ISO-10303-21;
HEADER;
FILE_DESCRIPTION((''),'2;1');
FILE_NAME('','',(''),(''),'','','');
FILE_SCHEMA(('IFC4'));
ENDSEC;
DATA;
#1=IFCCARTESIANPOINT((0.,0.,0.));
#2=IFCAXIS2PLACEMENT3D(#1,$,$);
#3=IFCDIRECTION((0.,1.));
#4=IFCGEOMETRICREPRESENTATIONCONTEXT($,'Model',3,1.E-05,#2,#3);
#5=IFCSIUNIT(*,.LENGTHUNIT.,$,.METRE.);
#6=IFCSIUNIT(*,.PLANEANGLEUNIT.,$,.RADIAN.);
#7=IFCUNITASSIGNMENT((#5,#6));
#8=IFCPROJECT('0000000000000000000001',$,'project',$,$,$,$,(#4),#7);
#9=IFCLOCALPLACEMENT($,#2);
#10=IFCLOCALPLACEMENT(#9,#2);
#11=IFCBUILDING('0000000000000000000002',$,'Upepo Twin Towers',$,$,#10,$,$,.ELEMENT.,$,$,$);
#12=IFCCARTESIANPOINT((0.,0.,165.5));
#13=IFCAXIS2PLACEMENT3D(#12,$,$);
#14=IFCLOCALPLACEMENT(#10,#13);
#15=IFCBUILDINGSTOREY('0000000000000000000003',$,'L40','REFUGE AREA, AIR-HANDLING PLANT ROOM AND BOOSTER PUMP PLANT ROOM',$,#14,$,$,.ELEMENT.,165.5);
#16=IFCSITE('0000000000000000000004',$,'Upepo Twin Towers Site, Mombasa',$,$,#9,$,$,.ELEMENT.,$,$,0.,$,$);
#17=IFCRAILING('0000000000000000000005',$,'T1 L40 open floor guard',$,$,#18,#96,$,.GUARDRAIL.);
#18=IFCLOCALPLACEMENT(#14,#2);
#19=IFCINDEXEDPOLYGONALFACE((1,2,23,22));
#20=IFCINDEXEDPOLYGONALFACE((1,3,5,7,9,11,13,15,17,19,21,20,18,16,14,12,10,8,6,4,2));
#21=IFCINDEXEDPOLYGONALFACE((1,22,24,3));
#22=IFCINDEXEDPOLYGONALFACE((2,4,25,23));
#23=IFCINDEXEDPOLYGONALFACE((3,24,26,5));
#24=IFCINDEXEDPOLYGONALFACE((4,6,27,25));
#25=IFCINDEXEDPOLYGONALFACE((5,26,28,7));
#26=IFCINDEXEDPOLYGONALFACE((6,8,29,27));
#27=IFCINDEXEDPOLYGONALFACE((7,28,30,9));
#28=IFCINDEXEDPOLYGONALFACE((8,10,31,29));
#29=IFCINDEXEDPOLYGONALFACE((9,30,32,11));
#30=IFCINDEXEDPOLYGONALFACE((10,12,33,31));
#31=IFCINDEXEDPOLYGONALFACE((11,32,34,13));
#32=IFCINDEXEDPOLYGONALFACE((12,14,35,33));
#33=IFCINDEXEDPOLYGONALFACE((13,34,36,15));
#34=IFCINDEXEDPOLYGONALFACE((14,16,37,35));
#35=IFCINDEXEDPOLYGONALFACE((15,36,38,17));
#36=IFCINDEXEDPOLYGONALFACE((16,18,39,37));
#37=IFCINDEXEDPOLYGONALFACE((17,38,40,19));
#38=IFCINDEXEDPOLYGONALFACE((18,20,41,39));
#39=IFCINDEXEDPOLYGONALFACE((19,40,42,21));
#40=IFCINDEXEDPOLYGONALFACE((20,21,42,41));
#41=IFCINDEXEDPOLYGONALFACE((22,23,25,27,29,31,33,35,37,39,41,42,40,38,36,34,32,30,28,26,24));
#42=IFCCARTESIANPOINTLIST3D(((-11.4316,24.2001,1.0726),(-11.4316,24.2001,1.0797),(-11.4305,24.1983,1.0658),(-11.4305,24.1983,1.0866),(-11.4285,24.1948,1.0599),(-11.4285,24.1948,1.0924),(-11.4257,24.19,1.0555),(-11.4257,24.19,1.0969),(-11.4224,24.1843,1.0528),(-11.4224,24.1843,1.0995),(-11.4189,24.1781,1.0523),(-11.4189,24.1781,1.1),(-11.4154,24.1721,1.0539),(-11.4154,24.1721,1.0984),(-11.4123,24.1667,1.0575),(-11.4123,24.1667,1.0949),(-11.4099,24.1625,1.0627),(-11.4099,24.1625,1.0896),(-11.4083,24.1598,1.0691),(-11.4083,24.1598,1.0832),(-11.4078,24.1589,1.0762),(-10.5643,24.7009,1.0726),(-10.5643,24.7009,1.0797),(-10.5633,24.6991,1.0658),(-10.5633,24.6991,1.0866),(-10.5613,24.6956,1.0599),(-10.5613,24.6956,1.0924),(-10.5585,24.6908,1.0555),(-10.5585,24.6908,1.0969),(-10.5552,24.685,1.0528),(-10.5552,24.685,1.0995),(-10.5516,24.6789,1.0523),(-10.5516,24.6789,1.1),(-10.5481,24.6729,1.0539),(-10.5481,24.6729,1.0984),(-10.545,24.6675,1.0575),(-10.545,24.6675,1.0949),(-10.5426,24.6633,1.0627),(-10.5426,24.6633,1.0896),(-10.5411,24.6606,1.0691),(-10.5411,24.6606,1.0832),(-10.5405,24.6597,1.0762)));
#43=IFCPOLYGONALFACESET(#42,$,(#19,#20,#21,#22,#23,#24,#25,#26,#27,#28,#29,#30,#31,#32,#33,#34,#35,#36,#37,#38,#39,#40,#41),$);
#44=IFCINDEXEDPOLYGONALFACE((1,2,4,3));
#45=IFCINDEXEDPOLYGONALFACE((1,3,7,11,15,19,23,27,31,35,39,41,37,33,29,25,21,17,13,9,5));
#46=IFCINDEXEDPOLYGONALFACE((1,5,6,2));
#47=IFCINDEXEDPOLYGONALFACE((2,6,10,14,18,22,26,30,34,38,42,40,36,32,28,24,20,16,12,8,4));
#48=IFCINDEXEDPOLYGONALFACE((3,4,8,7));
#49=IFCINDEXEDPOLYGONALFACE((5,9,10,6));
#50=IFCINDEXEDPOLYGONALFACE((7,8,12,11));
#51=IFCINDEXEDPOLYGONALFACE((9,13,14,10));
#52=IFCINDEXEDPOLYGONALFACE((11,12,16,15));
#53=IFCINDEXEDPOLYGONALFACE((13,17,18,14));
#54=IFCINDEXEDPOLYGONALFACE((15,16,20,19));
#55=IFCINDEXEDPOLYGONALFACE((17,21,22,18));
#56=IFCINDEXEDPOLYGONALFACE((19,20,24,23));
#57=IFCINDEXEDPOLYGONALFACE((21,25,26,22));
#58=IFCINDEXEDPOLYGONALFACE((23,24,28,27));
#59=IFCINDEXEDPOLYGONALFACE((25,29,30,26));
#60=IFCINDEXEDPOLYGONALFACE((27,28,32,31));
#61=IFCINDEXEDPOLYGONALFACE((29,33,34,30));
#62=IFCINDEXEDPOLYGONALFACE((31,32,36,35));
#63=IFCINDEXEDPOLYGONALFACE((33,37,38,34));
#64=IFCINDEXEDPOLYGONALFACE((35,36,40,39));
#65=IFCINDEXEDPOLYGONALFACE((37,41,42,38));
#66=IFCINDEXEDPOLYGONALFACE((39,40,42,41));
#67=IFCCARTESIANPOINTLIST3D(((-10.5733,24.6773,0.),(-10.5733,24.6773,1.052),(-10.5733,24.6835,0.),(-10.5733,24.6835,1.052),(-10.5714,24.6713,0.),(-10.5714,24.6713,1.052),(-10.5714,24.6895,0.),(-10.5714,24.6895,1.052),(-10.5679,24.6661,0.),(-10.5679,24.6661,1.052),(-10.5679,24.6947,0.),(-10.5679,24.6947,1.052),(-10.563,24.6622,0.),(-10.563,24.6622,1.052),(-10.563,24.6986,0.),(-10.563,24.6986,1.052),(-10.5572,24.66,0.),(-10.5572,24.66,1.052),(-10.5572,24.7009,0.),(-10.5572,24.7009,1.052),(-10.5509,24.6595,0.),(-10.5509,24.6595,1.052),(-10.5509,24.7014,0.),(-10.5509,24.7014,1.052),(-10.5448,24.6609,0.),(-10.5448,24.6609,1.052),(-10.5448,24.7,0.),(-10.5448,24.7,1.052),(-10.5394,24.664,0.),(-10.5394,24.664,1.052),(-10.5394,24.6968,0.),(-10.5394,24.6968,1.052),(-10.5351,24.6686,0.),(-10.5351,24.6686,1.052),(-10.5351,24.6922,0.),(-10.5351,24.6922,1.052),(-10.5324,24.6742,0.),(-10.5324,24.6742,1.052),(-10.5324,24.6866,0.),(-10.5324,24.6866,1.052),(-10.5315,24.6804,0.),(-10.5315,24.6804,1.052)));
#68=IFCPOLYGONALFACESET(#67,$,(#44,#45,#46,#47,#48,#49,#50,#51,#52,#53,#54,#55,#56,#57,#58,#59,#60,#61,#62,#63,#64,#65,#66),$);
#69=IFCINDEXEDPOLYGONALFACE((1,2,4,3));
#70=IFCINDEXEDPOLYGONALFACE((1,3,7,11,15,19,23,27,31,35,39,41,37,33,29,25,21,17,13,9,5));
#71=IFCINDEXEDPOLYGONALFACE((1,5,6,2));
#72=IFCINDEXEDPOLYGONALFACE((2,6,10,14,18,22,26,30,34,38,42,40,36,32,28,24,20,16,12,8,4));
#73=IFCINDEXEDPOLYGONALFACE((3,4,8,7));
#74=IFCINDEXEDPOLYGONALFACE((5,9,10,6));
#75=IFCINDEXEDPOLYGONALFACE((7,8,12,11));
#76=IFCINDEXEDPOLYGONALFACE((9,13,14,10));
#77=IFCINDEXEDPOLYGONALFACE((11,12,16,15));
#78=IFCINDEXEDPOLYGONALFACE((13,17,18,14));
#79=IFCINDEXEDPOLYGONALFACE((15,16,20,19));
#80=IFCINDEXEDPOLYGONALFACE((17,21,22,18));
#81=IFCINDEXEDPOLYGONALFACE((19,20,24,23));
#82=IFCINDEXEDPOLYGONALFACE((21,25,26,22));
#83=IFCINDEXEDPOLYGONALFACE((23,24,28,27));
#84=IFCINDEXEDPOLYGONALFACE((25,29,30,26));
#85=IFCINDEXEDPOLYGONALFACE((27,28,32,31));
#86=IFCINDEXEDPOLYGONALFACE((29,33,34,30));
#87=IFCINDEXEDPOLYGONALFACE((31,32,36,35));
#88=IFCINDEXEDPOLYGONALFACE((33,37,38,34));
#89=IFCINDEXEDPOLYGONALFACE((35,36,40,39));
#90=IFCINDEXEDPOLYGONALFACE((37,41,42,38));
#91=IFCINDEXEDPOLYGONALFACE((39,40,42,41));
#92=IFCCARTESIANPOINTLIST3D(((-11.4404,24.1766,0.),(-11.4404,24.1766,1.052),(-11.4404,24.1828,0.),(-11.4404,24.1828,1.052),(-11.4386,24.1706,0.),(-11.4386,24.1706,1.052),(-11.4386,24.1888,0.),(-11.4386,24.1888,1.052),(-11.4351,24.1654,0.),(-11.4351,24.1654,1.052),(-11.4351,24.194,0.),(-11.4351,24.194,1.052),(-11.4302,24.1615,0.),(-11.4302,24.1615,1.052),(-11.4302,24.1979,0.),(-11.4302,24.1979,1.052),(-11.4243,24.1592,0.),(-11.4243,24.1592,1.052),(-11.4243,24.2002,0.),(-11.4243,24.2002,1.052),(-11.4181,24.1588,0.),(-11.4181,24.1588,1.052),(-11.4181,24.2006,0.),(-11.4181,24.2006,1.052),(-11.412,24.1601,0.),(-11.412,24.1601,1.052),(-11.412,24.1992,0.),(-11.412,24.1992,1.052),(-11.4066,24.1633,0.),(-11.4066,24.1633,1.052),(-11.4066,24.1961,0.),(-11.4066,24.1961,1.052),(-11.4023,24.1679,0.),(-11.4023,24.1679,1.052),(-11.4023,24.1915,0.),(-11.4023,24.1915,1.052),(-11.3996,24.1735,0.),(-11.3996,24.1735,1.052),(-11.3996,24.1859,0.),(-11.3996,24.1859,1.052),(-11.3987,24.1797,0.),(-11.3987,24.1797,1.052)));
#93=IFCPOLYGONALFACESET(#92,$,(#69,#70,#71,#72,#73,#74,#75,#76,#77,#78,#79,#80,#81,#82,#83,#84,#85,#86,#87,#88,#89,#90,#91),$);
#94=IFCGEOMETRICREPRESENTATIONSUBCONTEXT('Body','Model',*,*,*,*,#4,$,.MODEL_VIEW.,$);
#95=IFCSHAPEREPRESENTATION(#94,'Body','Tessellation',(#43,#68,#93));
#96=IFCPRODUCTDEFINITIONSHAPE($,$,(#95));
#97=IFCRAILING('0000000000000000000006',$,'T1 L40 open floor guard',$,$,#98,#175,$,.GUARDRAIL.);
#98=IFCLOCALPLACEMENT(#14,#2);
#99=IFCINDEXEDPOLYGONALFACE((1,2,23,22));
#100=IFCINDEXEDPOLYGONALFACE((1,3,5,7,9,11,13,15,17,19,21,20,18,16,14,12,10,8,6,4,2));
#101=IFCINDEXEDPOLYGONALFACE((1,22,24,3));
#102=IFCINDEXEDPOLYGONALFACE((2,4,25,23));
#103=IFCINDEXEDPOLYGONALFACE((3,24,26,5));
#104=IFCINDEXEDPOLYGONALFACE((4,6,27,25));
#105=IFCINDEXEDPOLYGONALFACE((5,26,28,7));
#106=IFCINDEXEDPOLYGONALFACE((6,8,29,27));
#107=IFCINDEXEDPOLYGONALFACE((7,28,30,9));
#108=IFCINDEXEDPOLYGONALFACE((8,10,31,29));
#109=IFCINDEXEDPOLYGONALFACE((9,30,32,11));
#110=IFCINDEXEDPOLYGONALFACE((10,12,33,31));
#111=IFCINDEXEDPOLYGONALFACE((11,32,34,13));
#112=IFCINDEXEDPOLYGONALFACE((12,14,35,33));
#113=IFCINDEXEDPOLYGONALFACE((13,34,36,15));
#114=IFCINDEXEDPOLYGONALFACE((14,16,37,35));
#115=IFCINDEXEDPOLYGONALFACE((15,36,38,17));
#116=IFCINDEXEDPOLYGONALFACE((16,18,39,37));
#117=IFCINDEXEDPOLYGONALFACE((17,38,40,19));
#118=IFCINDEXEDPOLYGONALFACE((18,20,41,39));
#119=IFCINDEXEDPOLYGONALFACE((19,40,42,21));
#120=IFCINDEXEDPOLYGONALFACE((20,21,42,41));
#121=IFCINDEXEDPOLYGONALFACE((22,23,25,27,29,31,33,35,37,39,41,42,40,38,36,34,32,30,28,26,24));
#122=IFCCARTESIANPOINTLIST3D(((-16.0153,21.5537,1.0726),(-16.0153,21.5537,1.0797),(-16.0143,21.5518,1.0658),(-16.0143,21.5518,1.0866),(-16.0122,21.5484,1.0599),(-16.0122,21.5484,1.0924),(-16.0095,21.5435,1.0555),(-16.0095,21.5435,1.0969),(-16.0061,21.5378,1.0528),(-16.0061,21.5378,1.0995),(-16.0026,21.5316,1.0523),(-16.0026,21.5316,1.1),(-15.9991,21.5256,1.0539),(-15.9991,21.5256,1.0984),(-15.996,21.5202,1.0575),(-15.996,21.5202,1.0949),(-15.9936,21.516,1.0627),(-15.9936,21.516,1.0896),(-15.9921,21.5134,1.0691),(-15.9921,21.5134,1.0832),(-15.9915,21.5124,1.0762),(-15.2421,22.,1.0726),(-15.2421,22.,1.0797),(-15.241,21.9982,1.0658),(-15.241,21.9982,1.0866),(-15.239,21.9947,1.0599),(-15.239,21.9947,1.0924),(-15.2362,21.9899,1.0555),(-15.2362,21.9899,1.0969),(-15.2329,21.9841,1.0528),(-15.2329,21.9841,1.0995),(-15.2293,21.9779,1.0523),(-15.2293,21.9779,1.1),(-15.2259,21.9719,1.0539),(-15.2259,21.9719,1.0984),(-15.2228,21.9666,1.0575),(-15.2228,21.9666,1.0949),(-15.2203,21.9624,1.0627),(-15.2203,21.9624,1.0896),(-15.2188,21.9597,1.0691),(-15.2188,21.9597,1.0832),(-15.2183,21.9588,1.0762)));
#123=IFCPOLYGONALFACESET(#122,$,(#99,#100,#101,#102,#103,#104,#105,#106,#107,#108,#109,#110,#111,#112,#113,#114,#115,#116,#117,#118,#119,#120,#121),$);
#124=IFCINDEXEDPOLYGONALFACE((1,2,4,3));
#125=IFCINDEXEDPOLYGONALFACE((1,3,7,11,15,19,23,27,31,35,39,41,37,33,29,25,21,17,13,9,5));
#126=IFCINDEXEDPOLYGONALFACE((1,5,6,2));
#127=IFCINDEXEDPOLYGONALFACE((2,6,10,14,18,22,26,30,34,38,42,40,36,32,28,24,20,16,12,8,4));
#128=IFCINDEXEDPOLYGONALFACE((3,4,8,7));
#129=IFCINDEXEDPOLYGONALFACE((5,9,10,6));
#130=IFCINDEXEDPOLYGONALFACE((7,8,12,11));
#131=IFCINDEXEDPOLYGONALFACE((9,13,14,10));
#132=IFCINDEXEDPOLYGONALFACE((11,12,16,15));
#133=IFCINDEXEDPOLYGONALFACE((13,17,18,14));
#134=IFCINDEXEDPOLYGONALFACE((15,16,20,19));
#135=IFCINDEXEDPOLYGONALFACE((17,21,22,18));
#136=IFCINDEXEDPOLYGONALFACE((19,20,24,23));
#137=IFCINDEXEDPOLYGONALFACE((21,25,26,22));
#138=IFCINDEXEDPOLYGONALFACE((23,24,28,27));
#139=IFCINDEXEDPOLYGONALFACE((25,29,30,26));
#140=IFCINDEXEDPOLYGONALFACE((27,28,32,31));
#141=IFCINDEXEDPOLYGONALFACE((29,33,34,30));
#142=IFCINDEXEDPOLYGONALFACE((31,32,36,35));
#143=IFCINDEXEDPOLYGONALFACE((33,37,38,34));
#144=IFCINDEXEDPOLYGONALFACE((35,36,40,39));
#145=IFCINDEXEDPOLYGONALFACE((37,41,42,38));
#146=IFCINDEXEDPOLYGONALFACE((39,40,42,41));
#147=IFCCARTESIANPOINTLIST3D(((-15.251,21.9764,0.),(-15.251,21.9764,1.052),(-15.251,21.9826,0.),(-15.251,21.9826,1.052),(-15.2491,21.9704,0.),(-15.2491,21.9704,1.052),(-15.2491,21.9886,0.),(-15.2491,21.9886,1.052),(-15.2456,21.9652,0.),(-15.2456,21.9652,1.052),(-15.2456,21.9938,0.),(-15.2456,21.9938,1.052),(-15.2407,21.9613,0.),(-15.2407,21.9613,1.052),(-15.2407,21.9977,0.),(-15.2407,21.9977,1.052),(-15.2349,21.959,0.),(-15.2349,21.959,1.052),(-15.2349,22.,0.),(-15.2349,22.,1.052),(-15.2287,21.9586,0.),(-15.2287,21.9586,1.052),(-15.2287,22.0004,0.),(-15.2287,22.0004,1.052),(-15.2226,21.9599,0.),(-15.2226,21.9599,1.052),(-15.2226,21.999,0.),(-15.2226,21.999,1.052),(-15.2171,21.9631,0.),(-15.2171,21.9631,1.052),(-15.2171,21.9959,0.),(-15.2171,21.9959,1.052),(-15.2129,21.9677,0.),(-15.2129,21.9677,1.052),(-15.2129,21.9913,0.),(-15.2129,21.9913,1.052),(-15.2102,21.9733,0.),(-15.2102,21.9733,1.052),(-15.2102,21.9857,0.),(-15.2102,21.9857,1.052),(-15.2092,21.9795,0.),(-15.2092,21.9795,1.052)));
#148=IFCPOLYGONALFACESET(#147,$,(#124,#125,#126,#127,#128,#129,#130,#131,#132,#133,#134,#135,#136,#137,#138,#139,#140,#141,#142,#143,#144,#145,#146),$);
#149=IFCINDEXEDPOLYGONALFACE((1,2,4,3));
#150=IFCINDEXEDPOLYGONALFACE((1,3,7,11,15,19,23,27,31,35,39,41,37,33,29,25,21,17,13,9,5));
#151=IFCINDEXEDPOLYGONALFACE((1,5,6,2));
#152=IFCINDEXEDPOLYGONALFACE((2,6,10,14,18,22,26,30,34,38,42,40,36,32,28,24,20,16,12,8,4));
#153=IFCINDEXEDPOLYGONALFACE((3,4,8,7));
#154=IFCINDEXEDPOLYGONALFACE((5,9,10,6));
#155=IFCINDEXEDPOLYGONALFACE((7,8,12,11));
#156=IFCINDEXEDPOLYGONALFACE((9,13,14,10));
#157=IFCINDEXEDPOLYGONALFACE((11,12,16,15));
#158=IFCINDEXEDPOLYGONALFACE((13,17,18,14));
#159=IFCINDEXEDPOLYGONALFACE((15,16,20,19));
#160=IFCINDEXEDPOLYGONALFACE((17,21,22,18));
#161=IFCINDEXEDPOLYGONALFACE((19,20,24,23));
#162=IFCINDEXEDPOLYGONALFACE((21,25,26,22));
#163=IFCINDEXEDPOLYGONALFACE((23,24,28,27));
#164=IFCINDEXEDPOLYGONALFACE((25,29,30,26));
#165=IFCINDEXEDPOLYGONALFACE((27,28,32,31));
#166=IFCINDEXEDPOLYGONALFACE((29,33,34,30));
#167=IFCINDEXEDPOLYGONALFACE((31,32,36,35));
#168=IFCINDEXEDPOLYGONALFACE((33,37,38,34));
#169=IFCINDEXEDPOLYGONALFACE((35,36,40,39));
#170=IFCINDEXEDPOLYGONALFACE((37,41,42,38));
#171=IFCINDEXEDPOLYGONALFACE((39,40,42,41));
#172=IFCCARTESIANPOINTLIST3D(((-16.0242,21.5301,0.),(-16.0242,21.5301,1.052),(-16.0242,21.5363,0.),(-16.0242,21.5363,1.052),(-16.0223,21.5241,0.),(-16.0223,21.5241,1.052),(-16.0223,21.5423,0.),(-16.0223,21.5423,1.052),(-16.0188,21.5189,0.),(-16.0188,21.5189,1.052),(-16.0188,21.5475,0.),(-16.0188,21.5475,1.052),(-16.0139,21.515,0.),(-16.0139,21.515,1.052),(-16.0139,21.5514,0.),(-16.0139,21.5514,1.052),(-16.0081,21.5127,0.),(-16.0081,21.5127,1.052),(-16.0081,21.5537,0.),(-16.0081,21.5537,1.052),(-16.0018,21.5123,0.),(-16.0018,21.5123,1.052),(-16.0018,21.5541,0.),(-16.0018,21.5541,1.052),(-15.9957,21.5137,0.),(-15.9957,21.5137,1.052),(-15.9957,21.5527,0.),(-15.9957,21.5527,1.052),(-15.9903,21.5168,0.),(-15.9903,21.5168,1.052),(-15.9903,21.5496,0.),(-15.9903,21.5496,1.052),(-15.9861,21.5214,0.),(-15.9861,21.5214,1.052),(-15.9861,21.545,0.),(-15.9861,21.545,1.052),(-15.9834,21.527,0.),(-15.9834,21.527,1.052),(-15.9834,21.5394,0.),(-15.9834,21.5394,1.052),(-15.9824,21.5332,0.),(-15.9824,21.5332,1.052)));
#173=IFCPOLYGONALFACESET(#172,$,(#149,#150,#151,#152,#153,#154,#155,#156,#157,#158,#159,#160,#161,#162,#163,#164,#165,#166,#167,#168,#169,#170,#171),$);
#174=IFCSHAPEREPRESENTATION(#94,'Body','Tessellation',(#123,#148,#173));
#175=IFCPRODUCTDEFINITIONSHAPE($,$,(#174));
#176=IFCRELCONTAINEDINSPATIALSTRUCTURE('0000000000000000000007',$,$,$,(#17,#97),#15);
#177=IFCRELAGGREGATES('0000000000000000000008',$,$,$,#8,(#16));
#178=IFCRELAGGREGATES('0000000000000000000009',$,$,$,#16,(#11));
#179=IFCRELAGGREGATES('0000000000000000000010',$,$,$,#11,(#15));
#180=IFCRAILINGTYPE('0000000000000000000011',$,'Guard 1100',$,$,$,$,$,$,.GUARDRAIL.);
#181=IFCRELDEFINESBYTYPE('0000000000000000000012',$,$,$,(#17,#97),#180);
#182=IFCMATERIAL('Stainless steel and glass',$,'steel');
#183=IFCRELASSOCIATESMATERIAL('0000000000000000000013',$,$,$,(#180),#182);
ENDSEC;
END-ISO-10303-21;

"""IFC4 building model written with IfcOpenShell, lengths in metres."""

from ifc_helpers import new_model, si_unit, direction, frame, origin, origin_2d, place, context, subcontext, project, spatial, circle, extrude, material, type_object, element, save


model = new_model("IFC4")

# Units and contexts
model_context = context("Model", 3, precision=1e-05, world=origin(), true_north=direction((0.0, 1.0)))
body_context = subcontext(model_context, "Body", "Model", "MODEL_VIEW")
ifc_project = project(units=[si_unit("LENGTHUNIT", "METRE"), si_unit("PLANEANGLEUNIT", "RADIAN")], contexts=[model_context])

# Site, building, storey
site_placement = place(None, origin())
site = spatial("IfcSite", under=ifc_project, at=site_placement, Name="Upepo Twin Towers Site, Mombasa", CompositionType="ELEMENT", RefElevation=0.0)
building_placement = place(site_placement, origin())
building = spatial("IfcBuilding", under=site, at=building_placement, Name="Upepo Twin Towers", CompositionType="ELEMENT")
storey_placement = place(building_placement, frame((0.0, 0.0, 165.5)))
storey = spatial("IfcBuildingStorey", under=building, at=storey_placement, Name="L40", Description="REFUGE AREA, AIR-HANDLING PLANT ROOM AND BOOSTER PUMP PLANT ROOM", CompositionType="ELEMENT", Elevation=165.5)

# Railings
ifc_material_1 = material(Name="Stainless steel and glass", Category="steel")
railing_type = type_object("IfcRailingType", Name="Guard 1100", PredefinedType="GUARDRAIL", material=ifc_material_1)
railing_1_placement = place(storey_placement, frame((-10.5525, 24.6804, 0.0)))
element("IfcRailing", 1, at=railing_1_placement, inside=storey, type_object=railing_type, Name="T1 L40 open floor guard", PredefinedType="GUARDRAIL", context=body_context, shape_type="SweptSolid", body=[
    extrude(circle(Radius=0.0239, at=origin_2d()), frame((0.0, 0.0, 1.0762), z_axis=(-0.865999, -0.500046, 0.0), x_axis=(0.500046, -0.865999, 0.0)), (0.0, 0.0, 1.0), 1.0015),
    extrude(circle(Radius=0.021, at=origin_2d()), origin(), (0.0, 0.0, 1.0), 1.052),
    extrude(circle(Radius=0.021, at=origin_2d()), frame((-0.8672, -0.5007, 0.0)), (0.0, 0.0, 1.0), 1.052),
])
railing_2_placement = place(storey_placement, frame((-15.2302, 21.9795, 0.0)))
element("IfcRailing", 2, at=railing_2_placement, inside=storey, type_object=railing_type, Name="T1 L40 open floor guard", PredefinedType="GUARDRAIL", context=body_context, shape_type="SweptSolid", body=[
    extrude(circle(Radius=0.0239, at=origin_2d()), frame((0.0, 0.0, 1.0762), z_axis=(-0.866081, -0.499904, 0.0), x_axis=(0.499904, -0.866081, 0.0)), (0.0, 0.0, 1.0), 0.8928),
    extrude(circle(Radius=0.021, at=origin_2d()), origin(), (0.0, 0.0, 1.0), 1.052),
    extrude(circle(Radius=0.021, at=origin_2d()), frame((-0.7732, -0.4463, 0.0)), (0.0, 0.0, 1.0), 1.052),
])

save(model, "model.ifc")
